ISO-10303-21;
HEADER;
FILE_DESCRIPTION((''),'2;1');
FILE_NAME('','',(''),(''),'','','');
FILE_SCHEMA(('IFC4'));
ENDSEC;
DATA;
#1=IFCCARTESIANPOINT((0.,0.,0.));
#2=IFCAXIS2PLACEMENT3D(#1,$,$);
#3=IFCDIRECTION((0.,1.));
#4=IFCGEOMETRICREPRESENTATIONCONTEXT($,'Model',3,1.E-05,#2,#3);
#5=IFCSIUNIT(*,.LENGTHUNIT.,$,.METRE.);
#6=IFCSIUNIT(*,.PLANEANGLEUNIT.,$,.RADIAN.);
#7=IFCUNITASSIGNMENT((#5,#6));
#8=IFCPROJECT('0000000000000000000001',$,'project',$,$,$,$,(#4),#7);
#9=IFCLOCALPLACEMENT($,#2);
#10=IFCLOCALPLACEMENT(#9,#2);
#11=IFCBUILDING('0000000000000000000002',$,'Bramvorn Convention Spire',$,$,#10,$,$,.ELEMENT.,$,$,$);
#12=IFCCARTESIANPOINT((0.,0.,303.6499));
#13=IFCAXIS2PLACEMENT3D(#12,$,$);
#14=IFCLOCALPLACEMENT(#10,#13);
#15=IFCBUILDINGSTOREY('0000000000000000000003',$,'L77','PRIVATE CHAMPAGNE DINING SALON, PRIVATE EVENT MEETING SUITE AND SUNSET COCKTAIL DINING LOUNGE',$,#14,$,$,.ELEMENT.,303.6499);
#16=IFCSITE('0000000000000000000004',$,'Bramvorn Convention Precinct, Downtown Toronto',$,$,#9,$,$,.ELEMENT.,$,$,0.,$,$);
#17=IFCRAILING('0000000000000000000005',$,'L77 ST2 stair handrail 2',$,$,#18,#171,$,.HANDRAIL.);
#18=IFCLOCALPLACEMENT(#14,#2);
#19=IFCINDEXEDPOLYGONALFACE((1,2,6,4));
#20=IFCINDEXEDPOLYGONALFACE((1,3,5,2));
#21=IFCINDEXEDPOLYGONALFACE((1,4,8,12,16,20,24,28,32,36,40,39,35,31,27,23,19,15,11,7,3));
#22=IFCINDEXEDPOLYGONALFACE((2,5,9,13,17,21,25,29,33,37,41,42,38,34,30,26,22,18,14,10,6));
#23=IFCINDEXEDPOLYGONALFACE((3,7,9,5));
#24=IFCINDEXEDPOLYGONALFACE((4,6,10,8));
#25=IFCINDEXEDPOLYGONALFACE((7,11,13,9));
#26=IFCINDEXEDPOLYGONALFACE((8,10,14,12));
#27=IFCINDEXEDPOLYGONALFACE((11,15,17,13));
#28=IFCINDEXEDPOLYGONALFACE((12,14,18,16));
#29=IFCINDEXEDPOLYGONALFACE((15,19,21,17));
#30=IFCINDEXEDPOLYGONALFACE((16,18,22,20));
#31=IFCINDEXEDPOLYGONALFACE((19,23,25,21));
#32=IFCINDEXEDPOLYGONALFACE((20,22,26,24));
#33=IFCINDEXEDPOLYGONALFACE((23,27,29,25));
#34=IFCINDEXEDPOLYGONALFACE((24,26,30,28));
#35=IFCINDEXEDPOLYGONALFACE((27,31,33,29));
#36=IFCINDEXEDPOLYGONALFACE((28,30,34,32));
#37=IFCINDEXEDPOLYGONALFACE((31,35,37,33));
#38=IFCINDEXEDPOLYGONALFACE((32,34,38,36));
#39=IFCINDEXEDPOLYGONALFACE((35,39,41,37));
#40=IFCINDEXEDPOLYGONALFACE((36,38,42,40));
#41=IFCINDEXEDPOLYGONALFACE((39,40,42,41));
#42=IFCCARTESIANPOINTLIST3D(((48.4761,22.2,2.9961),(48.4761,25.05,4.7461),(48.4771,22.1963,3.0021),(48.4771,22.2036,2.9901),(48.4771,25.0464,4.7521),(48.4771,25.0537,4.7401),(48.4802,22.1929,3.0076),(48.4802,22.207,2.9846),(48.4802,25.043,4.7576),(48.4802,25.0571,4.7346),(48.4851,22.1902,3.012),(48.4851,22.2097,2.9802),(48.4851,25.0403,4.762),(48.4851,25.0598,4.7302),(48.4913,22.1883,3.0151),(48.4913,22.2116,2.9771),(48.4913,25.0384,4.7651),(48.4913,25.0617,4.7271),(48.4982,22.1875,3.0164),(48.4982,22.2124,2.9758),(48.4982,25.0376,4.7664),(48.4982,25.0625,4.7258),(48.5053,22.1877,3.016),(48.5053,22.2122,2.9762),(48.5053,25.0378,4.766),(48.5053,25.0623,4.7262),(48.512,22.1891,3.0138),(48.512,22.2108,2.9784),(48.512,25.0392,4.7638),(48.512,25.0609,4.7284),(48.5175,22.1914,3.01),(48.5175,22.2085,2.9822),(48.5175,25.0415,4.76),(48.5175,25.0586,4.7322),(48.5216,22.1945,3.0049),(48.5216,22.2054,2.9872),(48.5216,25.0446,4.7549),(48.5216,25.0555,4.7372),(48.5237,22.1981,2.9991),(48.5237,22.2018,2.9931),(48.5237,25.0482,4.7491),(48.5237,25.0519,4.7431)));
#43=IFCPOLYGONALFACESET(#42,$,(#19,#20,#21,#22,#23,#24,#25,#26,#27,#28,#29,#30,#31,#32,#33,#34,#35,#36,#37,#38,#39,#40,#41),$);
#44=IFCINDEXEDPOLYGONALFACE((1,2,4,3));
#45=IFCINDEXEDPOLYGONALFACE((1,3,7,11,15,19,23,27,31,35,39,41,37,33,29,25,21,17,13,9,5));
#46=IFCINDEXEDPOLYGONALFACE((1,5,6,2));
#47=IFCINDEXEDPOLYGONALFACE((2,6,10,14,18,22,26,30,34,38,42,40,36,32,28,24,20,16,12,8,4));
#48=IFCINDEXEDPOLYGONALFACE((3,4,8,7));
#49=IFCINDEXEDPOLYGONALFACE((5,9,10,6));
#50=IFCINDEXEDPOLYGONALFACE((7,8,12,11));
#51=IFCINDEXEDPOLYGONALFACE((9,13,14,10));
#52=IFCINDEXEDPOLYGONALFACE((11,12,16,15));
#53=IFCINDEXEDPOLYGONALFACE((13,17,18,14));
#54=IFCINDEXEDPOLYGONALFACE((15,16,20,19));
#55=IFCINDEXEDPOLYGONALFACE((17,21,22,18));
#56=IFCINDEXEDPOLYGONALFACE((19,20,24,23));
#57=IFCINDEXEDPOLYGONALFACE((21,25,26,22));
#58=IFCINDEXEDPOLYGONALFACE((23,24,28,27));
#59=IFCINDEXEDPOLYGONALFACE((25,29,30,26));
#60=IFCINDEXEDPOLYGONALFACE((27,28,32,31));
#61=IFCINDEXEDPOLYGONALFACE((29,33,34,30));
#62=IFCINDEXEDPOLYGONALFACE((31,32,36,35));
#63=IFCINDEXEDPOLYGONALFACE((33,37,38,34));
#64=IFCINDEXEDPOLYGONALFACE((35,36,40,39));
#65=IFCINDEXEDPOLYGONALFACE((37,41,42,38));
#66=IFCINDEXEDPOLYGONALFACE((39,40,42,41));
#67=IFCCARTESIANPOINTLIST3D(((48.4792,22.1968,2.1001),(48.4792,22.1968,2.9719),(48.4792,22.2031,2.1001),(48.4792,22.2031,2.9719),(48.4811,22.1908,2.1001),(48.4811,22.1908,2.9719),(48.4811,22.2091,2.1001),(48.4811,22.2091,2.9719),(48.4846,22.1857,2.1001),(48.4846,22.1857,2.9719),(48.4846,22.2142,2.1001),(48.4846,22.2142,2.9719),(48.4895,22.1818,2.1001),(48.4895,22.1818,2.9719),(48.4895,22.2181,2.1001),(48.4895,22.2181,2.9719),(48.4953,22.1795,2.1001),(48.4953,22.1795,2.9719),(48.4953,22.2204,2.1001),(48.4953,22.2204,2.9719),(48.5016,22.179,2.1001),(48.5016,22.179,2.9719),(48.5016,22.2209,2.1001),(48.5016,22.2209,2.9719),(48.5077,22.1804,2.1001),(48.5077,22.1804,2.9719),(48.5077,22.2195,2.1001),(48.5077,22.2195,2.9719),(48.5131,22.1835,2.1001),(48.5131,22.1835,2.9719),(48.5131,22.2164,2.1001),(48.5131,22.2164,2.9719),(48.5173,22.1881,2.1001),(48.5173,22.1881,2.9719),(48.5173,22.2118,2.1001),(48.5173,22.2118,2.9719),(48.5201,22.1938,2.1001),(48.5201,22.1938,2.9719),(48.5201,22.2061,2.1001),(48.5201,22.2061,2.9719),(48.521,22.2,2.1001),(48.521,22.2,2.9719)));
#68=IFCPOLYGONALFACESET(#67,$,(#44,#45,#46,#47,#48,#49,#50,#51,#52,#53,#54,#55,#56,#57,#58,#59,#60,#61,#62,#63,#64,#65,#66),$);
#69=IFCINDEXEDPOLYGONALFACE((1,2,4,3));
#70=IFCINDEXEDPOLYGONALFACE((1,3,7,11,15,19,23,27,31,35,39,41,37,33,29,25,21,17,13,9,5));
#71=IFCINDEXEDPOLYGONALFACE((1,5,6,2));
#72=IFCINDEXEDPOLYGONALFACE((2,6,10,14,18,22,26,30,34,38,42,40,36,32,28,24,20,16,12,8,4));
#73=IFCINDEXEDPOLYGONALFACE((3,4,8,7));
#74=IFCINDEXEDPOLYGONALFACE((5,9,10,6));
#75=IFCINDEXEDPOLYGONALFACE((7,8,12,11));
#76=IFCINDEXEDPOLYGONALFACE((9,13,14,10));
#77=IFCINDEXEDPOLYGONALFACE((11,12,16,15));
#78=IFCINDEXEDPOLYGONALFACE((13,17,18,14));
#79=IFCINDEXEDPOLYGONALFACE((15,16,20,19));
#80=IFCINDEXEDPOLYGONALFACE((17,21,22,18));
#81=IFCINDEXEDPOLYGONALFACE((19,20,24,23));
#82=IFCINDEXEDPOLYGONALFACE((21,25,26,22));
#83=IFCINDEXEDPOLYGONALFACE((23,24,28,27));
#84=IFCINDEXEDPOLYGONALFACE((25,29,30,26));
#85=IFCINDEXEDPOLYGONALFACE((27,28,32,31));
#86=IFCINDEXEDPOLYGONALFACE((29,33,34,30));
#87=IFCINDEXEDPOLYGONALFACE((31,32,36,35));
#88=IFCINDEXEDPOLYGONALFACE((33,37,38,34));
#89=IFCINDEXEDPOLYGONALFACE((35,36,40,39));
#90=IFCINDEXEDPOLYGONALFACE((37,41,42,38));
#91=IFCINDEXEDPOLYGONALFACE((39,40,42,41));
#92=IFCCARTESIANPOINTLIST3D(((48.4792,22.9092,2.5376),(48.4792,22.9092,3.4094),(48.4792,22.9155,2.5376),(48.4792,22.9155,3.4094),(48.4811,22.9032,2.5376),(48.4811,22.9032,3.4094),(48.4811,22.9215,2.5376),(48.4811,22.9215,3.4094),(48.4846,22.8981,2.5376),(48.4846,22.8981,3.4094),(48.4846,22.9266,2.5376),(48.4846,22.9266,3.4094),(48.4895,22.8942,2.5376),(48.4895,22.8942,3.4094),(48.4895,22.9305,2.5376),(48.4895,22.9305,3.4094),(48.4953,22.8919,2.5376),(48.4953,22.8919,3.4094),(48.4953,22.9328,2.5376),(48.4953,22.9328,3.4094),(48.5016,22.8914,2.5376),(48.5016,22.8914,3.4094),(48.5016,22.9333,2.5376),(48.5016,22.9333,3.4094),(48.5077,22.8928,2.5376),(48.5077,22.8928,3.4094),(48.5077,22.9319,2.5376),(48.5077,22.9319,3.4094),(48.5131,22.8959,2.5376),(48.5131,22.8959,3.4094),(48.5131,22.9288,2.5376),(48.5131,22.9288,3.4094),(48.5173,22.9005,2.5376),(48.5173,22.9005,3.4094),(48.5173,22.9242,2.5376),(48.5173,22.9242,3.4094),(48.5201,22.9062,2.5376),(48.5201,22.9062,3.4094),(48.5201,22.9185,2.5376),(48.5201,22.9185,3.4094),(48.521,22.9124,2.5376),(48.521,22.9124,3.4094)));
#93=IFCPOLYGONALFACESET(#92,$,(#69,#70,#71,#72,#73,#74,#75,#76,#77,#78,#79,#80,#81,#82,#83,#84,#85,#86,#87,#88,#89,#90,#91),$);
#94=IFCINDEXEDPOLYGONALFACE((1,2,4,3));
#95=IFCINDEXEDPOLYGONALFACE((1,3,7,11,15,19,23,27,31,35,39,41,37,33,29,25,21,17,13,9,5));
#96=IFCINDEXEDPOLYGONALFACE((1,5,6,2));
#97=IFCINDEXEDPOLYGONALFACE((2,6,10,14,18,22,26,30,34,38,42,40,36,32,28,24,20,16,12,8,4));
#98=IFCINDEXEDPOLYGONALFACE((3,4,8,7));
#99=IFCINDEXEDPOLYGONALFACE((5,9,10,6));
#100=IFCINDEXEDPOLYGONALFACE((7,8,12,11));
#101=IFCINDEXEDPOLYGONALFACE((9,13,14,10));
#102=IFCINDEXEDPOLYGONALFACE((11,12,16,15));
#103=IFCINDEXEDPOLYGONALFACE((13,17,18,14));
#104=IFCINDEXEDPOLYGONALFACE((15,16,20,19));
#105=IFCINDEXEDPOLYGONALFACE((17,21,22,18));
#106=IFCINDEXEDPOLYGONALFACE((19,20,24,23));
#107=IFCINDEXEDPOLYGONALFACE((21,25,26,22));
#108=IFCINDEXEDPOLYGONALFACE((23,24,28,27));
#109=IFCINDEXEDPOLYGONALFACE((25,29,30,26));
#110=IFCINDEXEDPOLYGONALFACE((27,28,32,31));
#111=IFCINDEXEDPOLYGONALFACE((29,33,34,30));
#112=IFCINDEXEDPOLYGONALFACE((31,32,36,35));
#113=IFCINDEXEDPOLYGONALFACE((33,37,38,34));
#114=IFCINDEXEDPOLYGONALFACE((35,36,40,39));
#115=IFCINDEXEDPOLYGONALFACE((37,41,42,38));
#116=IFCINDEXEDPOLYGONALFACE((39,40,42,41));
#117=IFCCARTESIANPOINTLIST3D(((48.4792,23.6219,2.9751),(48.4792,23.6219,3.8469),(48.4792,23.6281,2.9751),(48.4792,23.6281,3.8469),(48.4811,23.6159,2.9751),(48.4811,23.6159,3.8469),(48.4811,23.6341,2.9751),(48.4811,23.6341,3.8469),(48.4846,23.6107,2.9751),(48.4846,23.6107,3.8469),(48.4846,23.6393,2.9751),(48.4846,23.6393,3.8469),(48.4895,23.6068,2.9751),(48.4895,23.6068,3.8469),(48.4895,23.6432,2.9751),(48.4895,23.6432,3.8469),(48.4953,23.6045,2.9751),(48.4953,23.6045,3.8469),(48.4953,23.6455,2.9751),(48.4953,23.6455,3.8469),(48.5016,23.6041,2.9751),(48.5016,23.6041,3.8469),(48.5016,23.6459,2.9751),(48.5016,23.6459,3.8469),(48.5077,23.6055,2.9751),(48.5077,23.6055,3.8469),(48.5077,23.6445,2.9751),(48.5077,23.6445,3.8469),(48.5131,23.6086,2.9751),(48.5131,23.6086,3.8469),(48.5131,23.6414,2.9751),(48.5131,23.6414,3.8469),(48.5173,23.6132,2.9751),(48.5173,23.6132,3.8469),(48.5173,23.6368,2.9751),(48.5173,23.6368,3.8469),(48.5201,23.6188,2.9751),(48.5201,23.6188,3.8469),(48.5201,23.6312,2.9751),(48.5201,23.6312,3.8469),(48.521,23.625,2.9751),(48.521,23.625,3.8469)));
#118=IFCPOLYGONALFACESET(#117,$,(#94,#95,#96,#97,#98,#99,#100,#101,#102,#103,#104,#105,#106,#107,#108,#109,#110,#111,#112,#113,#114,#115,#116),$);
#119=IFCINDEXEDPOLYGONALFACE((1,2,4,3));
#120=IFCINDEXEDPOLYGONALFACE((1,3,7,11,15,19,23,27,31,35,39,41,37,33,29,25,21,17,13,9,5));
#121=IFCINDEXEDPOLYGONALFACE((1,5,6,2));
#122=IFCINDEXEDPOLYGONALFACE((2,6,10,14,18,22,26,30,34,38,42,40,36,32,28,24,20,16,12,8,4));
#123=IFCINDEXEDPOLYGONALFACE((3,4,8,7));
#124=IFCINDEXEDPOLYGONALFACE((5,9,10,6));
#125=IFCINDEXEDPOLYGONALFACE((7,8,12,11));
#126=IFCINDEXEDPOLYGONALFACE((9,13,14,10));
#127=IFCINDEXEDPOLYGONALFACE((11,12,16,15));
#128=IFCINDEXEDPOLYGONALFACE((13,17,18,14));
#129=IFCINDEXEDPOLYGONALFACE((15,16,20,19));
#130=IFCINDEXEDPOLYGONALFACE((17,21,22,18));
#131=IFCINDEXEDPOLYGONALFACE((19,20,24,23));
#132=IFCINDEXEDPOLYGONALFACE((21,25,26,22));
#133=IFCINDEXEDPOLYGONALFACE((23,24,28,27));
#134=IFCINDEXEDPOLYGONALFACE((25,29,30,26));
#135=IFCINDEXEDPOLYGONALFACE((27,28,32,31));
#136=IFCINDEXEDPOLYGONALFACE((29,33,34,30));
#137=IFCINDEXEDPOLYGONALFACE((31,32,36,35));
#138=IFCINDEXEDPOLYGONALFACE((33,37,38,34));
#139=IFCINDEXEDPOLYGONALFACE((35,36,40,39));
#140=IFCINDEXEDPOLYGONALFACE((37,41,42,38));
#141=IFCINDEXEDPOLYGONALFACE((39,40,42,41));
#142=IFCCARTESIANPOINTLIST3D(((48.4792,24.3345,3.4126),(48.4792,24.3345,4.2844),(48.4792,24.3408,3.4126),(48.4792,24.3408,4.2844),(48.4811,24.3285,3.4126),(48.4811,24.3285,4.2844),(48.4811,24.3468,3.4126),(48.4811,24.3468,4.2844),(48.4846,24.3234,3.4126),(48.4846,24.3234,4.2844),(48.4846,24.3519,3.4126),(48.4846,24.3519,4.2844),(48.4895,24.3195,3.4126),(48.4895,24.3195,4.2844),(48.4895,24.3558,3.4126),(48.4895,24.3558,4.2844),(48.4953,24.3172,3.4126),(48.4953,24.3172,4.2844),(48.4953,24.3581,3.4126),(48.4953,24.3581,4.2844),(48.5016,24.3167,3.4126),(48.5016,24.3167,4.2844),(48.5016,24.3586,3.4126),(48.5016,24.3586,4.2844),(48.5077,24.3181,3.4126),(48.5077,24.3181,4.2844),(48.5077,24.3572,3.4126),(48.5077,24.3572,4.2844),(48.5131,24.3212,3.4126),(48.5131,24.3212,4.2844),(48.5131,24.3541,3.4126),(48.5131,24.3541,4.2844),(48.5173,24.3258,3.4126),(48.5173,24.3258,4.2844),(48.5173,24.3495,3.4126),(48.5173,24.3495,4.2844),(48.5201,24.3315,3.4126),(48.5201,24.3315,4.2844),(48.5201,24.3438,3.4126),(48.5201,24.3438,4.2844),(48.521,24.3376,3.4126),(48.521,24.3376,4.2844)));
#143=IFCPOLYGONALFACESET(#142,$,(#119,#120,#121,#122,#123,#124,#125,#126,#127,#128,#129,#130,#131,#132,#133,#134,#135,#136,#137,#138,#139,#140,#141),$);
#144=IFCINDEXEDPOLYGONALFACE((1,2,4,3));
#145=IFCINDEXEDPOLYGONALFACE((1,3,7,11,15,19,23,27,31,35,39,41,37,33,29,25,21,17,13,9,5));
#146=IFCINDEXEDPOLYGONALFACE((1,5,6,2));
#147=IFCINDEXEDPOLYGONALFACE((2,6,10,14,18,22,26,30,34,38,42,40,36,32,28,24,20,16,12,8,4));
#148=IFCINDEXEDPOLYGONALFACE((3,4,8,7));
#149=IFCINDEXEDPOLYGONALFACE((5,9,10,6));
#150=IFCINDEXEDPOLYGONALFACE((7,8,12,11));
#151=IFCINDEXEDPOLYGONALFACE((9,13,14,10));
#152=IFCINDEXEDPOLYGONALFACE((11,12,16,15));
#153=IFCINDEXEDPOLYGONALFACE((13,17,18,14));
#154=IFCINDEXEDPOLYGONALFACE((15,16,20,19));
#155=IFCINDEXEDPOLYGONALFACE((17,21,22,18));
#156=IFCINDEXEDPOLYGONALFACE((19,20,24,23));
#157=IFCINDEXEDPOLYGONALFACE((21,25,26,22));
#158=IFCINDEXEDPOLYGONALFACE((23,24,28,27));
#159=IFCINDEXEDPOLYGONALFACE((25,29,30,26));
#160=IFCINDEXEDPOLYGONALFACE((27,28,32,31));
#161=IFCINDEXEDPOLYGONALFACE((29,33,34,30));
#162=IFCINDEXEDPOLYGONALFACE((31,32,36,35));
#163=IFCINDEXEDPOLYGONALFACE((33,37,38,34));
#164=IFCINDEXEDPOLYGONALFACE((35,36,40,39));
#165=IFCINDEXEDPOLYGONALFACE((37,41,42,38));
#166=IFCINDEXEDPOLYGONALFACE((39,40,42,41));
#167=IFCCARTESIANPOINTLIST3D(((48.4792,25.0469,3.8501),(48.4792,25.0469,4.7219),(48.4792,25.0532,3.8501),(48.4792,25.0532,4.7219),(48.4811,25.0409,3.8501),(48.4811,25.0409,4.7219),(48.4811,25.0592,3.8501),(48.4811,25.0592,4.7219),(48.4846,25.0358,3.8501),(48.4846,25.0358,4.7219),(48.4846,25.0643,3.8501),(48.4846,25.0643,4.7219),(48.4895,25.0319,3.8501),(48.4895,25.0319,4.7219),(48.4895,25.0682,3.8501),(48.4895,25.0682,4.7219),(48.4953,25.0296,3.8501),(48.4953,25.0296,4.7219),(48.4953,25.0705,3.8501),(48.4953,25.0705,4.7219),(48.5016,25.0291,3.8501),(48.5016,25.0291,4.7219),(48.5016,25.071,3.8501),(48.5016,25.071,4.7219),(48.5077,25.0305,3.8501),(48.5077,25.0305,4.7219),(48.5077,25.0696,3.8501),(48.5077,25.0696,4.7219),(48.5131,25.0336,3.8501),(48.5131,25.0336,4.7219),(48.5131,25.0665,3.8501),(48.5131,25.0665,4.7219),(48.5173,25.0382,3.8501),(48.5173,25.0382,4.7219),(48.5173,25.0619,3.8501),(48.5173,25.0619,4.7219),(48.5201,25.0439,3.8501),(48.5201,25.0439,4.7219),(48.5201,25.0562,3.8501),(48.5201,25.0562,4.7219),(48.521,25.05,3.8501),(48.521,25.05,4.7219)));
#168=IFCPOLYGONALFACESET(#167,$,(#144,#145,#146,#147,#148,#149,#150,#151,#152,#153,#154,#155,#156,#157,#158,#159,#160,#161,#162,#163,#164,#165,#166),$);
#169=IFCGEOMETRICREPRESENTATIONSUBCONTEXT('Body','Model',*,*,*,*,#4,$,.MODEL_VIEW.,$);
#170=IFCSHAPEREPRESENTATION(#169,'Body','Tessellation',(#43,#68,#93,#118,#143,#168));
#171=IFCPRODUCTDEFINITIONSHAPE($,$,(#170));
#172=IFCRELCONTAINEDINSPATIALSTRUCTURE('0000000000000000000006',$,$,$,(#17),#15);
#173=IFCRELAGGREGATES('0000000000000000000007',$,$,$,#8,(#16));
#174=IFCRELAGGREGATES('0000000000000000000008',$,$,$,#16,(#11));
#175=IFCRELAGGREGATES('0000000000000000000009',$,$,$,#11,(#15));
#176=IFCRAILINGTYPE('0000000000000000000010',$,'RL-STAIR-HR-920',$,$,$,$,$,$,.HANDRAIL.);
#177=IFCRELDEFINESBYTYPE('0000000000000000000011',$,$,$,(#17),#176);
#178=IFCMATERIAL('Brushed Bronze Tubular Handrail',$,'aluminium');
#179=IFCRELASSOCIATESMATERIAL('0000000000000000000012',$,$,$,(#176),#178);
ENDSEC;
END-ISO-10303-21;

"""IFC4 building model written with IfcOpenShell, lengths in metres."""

from ifc_helpers import new_model, si_unit, direction, frame, origin, origin_2d, place, context, subcontext, project, spatial, circle, extrude, material, type_object, element, save


model = new_model("IFC4")

# Units and contexts
model_context = context("Model", 3, precision=1e-05, world=origin(), true_north=direction((0.0, 1.0)))
body_context = subcontext(model_context, "Body", "Model", "MODEL_VIEW")
ifc_project = project(units=[si_unit("LENGTHUNIT", "METRE"), si_unit("PLANEANGLEUNIT", "RADIAN")], contexts=[model_context])

# Site, building, storey
site_placement = place(None, origin())
site = spatial("IfcSite", under=ifc_project, at=site_placement, Name="Bramvorn Convention Precinct, Downtown Toronto", CompositionType="ELEMENT", RefElevation=0.0)
building_placement = place(site_placement, origin())
building = spatial("IfcBuilding", under=site, at=building_placement, Name="Bramvorn Convention Spire", CompositionType="ELEMENT")
storey_placement = place(building_placement, frame((0.0, 0.0, 303.6499)))
storey = spatial("IfcBuildingStorey", under=building, at=storey_placement, Name="L77", Description="PRIVATE CHAMPAGNE DINING SALON, PRIVATE EVENT MEETING SUITE AND SUNSET COCKTAIL DINING LOUNGE", CompositionType="ELEMENT", Elevation=303.6499)

# Railing
ifc_material_1 = material(Name="Brushed Bronze Tubular Handrail", Category="aluminium")
railing_type_1 = type_object("IfcRailingType", Name="RL-STAIR-HR-920", PredefinedType="HANDRAIL", material=ifc_material_1)
railing_1_placement = place(storey_placement, frame((48.5, 22.2, 2.1001)))
element("IfcRailing", 1, at=railing_1_placement, inside=storey, type_object=railing_type_1, Name="L77 ST2 stair handrail 2", PredefinedType="HANDRAIL", context=body_context, shape_type="SweptSolid", body=[
    extrude(circle(Radius=0.0239, at=origin_2d()), frame((0.0, 0.0, 0.896), z_axis=(0.0, 0.852179, 0.52325), x_axis=(-1.0, 0.0, 0.0)), (0.0, 0.0, 1.0), 3.3445),
    extrude(circle(Radius=0.021, at=origin_2d()), origin(), (0.0, 0.0, 1.0), 0.8718),
    extrude(circle(Radius=0.021, at=origin_2d()), frame((0.0, 0.7124, 0.4375)), (0.0, 0.0, 1.0), 0.8718),
    extrude(circle(Radius=0.021, at=origin_2d()), frame((0.0, 1.425, 0.875)), (0.0, 0.0, 1.0), 0.8718),
    extrude(circle(Radius=0.021, at=origin_2d()), frame((0.0, 2.1377, 1.3125)), (0.0, 0.0, 1.0), 0.8718),
    extrude(circle(Radius=0.021, at=origin_2d()), frame((0.0, 2.8501, 1.75)), (0.0, 0.0, 1.0), 0.8718),
])

save(model, "model.ifc")
